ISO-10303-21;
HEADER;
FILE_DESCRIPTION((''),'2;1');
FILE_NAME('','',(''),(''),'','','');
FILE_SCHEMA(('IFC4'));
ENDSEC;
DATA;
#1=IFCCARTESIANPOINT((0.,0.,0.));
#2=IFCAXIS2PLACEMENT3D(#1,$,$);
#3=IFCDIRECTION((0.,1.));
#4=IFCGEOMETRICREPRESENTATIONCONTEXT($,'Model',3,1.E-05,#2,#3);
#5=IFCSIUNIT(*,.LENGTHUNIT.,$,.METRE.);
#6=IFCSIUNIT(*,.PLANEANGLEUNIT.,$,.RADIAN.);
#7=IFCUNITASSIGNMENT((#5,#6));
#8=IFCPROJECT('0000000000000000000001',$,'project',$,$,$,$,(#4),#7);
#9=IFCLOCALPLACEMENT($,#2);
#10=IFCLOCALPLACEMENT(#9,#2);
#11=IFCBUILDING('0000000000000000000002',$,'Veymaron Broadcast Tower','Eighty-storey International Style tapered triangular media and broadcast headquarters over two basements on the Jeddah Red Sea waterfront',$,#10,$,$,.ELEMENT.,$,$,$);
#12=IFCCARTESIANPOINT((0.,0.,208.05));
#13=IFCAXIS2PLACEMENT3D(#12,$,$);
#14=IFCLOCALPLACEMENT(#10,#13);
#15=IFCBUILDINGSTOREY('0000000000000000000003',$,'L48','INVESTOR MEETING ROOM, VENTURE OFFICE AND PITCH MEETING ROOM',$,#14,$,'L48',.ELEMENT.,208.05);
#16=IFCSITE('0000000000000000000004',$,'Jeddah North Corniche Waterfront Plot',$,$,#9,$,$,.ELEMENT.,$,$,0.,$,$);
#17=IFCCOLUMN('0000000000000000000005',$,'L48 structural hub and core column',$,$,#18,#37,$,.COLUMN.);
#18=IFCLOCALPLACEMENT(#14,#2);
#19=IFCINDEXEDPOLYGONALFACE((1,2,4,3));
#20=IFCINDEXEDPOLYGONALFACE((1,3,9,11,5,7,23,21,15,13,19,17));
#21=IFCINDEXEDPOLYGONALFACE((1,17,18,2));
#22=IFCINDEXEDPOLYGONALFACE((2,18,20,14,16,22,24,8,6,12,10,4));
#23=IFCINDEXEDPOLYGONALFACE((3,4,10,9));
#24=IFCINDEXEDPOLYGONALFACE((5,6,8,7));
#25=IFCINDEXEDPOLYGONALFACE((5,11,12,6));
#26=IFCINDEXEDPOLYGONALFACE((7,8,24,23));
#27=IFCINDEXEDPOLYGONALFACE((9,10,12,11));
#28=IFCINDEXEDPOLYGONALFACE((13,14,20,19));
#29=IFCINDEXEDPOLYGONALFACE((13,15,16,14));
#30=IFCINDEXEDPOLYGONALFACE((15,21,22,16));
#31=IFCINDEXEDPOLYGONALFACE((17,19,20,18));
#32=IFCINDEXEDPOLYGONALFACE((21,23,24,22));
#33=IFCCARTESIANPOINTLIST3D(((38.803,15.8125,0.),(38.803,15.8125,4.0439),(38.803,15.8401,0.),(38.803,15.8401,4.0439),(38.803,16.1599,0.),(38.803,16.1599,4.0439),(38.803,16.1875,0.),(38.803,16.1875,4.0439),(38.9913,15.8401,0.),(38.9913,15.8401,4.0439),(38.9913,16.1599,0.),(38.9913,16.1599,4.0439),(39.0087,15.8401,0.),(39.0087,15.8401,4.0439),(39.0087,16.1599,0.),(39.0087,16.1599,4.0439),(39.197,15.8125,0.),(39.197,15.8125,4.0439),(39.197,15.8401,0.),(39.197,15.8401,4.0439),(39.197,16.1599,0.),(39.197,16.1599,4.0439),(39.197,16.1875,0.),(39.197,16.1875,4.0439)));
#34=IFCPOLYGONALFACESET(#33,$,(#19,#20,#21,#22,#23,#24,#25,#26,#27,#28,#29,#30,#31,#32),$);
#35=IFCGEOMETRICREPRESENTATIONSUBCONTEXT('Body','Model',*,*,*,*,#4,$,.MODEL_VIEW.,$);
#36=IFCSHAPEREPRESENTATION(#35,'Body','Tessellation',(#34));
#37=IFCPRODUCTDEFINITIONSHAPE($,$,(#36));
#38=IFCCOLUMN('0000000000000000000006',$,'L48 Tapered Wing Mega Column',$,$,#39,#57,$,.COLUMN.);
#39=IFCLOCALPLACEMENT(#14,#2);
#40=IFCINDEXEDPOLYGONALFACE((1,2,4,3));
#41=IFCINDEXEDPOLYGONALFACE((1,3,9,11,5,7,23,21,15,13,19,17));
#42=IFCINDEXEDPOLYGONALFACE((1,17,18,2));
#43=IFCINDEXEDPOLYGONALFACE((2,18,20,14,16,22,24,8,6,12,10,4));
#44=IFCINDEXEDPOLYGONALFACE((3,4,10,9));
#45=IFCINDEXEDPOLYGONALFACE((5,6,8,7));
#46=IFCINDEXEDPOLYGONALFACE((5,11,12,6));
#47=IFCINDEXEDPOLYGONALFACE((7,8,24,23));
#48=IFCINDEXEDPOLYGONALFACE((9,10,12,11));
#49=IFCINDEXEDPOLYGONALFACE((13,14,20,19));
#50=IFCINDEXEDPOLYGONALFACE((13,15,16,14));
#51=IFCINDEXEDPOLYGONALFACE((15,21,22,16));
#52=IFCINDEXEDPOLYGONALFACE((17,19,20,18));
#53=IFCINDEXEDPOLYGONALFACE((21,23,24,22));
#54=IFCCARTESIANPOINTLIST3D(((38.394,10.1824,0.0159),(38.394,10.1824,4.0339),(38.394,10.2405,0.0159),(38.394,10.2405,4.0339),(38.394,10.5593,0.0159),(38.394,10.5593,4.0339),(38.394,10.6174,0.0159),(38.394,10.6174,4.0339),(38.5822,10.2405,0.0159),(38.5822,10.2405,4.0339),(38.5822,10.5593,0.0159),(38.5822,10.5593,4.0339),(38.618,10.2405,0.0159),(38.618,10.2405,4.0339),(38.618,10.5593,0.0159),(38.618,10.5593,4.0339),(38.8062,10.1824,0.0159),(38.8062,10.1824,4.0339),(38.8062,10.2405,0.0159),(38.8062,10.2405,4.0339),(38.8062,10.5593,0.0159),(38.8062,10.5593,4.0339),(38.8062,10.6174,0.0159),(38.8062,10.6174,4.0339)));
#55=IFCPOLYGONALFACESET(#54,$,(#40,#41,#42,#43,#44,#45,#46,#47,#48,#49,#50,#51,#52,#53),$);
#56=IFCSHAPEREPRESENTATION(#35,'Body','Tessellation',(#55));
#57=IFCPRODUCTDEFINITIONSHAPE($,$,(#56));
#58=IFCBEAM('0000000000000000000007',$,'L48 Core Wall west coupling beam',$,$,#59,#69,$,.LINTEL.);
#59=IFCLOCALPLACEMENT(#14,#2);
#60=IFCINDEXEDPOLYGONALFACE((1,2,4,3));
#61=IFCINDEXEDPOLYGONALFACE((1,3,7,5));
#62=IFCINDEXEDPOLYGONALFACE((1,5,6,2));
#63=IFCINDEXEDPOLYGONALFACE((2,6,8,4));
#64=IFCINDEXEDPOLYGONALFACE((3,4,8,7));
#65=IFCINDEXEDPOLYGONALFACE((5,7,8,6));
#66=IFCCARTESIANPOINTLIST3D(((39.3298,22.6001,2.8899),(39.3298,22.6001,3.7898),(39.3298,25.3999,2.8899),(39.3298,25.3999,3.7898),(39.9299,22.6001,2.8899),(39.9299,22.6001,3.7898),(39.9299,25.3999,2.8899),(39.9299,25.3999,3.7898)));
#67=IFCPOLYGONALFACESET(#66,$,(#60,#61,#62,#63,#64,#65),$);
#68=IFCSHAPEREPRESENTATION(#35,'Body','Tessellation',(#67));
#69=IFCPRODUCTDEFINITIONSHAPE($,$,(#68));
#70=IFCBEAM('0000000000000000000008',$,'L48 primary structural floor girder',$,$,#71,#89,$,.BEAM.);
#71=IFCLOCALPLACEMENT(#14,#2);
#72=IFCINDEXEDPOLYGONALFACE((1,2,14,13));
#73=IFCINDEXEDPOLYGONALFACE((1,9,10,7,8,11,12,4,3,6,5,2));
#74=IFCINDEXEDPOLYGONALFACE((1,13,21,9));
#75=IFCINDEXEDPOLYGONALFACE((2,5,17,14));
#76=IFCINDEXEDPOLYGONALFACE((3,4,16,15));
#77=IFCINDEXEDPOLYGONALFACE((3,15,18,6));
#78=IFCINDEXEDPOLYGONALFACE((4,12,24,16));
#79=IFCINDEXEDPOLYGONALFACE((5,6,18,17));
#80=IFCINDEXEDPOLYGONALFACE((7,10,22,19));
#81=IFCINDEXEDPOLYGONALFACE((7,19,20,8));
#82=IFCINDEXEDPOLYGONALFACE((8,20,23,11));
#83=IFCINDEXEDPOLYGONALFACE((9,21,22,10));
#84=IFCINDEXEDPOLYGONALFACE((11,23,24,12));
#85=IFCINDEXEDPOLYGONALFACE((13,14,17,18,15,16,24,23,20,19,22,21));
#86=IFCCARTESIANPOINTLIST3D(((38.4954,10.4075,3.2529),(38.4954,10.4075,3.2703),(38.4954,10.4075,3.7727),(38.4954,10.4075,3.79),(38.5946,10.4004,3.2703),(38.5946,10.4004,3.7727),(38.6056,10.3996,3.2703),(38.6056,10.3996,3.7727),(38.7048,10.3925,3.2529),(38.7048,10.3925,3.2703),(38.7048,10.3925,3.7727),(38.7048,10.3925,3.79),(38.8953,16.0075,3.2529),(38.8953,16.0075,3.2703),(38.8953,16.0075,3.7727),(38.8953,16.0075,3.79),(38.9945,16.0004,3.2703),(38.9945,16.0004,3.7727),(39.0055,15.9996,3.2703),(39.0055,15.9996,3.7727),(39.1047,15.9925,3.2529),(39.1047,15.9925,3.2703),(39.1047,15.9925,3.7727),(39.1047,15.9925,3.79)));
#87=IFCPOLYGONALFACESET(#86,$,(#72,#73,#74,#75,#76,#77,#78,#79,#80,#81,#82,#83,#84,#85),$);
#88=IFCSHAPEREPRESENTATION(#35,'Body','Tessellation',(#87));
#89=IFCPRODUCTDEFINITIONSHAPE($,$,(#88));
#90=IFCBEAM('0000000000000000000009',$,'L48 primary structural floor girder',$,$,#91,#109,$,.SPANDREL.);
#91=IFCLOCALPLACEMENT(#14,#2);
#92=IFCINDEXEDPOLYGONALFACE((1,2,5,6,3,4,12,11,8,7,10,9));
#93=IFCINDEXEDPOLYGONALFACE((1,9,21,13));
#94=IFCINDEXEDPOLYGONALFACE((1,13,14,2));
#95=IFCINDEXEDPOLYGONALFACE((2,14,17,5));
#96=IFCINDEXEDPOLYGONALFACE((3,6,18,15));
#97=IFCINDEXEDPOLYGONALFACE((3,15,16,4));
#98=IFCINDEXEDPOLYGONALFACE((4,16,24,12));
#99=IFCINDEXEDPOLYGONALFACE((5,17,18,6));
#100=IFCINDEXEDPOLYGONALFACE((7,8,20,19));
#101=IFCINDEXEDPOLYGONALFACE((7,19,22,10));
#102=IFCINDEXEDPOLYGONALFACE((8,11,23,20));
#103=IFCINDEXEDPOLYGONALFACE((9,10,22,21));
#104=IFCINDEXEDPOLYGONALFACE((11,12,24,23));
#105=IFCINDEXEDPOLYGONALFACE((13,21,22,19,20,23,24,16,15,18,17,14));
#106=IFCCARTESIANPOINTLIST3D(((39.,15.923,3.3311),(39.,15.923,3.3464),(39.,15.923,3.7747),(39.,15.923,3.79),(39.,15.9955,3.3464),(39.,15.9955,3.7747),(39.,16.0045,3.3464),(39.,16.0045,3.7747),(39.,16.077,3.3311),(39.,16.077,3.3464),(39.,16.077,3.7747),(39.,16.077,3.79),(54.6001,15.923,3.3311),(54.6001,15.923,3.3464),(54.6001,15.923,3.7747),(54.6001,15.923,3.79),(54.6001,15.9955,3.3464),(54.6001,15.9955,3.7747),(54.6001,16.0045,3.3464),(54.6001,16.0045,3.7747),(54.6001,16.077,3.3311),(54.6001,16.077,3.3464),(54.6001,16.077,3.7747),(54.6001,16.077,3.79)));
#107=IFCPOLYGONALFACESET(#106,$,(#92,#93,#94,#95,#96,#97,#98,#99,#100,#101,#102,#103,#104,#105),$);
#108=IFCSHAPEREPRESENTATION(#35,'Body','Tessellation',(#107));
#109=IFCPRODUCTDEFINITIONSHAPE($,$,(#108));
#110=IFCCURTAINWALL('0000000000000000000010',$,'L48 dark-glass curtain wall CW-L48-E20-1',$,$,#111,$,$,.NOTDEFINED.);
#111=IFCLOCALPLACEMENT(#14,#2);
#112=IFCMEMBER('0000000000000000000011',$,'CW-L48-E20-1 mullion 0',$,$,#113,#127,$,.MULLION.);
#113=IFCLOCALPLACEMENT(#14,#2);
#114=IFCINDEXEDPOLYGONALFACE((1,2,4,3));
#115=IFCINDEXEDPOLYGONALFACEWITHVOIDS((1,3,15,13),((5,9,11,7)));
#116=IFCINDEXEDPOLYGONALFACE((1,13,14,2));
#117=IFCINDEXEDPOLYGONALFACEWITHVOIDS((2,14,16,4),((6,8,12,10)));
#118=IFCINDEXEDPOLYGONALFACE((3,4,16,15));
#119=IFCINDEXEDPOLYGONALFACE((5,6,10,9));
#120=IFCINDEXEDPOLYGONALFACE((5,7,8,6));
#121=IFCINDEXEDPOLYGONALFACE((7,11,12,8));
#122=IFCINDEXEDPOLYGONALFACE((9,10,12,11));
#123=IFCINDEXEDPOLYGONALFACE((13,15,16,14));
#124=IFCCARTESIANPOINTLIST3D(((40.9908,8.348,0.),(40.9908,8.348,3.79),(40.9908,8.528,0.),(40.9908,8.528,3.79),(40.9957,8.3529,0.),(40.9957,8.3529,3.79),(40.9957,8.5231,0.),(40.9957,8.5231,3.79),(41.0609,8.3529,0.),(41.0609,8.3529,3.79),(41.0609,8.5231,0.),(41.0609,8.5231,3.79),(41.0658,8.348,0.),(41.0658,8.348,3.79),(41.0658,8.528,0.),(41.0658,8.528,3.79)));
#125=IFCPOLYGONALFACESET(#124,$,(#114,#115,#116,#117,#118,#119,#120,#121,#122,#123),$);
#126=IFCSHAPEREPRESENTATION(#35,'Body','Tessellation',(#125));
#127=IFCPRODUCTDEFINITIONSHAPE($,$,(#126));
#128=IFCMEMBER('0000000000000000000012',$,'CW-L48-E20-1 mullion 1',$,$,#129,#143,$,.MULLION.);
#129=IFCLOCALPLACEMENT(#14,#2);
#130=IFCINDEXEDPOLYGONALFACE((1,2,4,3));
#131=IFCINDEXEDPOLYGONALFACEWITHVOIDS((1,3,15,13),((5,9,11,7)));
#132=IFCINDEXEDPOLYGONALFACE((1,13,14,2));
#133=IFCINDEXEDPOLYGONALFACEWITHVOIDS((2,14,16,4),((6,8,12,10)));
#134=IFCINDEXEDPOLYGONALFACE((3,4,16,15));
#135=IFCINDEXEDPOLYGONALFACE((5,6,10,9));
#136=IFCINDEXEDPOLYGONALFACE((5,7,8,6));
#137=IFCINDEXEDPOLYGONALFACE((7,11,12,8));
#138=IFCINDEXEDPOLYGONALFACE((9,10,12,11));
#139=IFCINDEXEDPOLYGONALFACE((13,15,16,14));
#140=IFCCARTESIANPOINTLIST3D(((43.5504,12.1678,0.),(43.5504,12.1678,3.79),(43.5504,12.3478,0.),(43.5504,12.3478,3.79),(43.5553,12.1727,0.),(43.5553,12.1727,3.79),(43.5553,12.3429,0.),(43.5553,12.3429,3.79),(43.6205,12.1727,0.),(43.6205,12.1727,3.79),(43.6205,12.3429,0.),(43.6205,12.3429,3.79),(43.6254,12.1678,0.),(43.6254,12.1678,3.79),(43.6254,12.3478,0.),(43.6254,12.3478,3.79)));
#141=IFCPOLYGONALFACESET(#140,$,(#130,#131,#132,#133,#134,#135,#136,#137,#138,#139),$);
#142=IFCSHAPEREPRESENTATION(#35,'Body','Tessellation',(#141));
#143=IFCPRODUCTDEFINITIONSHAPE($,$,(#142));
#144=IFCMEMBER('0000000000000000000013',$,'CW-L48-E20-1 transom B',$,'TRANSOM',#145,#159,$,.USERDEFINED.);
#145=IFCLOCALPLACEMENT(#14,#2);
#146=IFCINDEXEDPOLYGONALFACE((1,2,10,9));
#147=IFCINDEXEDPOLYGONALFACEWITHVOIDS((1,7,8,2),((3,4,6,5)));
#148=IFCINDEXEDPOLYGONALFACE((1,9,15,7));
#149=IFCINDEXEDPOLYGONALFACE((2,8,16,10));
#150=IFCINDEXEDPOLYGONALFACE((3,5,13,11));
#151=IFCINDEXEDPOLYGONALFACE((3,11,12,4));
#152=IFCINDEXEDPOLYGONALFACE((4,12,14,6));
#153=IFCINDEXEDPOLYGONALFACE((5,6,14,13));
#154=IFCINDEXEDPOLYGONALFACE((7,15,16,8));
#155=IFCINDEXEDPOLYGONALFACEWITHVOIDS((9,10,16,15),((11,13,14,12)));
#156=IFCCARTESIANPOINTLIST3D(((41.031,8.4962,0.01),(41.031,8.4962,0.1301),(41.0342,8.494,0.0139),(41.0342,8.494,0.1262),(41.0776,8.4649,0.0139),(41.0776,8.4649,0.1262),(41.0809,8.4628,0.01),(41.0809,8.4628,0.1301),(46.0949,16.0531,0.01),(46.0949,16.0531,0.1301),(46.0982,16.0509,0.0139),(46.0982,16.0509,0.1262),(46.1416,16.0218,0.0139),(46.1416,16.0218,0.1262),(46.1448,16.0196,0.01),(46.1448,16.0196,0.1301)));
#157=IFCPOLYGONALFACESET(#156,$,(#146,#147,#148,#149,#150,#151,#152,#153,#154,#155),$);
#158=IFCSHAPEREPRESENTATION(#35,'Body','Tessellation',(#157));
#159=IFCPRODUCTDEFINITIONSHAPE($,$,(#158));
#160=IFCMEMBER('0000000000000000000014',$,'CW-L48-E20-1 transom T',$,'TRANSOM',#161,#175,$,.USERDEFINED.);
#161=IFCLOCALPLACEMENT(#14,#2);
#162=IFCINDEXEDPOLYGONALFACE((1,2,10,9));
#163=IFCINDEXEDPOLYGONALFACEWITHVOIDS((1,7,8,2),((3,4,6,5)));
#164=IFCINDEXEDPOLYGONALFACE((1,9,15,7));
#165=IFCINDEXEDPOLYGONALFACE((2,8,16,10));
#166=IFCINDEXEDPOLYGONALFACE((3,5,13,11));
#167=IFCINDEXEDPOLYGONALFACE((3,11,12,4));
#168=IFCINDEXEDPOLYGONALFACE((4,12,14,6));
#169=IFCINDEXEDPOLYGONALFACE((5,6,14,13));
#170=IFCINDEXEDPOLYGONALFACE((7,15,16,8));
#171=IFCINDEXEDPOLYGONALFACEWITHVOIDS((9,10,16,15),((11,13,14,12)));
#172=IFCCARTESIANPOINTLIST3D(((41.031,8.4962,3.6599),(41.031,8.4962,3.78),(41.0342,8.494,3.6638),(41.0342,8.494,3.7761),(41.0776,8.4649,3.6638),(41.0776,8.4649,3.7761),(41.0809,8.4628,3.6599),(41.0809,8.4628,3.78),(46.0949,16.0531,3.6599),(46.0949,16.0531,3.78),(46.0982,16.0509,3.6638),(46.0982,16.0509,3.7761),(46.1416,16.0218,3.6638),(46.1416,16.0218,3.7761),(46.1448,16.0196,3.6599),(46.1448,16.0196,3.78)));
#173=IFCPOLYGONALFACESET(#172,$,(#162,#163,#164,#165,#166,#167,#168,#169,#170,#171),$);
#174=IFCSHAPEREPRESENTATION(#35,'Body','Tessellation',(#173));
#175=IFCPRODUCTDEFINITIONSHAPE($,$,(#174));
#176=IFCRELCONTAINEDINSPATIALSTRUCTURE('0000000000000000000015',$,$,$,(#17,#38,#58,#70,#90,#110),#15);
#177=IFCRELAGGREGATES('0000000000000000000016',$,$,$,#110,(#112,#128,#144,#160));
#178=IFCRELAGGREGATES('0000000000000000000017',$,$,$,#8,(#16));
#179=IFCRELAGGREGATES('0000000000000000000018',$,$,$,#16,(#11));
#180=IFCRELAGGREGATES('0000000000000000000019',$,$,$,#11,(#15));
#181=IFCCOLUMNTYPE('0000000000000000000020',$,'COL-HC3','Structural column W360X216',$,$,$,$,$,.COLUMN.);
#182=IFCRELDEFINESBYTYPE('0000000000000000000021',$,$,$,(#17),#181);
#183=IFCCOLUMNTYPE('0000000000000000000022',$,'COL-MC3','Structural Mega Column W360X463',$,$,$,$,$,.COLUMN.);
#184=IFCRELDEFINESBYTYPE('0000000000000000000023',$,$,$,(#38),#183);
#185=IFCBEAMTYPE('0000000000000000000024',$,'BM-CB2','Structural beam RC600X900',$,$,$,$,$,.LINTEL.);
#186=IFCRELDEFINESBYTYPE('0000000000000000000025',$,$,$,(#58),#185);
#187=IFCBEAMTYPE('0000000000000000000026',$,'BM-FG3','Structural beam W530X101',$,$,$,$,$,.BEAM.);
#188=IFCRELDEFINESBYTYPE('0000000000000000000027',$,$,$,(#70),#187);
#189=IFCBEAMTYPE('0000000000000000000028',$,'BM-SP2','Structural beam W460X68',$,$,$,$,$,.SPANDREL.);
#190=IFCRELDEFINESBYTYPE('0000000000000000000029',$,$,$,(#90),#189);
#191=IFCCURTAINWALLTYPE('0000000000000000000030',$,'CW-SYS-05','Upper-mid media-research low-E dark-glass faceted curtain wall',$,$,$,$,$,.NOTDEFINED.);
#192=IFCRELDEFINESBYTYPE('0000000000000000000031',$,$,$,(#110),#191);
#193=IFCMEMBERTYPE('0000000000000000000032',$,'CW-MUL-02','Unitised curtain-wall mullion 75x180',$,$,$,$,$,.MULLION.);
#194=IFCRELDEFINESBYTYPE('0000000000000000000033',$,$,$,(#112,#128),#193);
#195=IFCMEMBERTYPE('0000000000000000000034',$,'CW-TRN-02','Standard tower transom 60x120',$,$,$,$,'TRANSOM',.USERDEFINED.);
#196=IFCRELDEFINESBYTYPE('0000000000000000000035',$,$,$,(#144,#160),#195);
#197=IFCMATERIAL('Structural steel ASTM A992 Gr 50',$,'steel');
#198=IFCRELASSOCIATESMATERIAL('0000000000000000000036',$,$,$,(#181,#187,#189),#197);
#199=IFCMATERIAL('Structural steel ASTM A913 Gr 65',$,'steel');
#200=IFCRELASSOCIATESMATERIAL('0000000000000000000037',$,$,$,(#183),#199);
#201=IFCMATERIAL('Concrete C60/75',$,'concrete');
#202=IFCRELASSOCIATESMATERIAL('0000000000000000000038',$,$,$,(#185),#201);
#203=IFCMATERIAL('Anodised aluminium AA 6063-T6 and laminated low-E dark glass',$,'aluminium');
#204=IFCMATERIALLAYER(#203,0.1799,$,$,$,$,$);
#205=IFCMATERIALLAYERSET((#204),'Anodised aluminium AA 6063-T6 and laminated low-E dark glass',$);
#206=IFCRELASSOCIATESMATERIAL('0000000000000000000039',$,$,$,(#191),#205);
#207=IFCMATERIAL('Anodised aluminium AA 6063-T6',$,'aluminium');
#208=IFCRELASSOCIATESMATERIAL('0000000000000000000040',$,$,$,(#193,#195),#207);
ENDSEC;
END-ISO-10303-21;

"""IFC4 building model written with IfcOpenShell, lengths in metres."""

from ifc_helpers import new_model, si_unit, direction, frame, origin, origin_2d, place, context, subcontext, project, spatial, rectangle, hollow_rectangle, i_section, extrude, material, layer, layer_set, material_profile, profile_set, type_object, element, aggregate, save


model = new_model("IFC4")

# Units and contexts
model_context = context("Model", 3, precision=1e-05, world=origin(), true_north=direction((0.0, 1.0)))
body_context = subcontext(model_context, "Body", "Model", "MODEL_VIEW")
ifc_project = project(units=[si_unit("LENGTHUNIT", "METRE"), si_unit("PLANEANGLEUNIT", "RADIAN")], contexts=[model_context])

# Site, building, storey
site_placement = place(None, origin())
site = spatial("IfcSite", under=ifc_project, at=site_placement, Name="Jeddah North Corniche Waterfront Plot", CompositionType="ELEMENT", RefElevation=0.0)
building_placement = place(site_placement, origin())
building = spatial("IfcBuilding", under=site, at=building_placement, Name="Veymaron Broadcast Tower", Description="Eighty-storey International Style tapered triangular media and broadcast headquarters over two basements on the Jeddah Red Sea waterfront", CompositionType="ELEMENT")
storey_placement = place(building_placement, frame((0.0, 0.0, 208.05)))
storey = spatial("IfcBuildingStorey", under=building, at=storey_placement, Name="L48", Description="INVESTOR MEETING ROOM, VENTURE OFFICE AND PITCH MEETING ROOM", LongName="L48", CompositionType="ELEMENT", Elevation=208.05)

# Columns
ifc_material_1 = material(Name="Structural steel ASTM A992 Gr 50", Category="steel")
ifc_material_profile_1 = material_profile(ifc_material_1, i_section(OverallWidth=0.394, OverallDepth=0.375, WebThickness=0.0173, FlangeThickness=0.0276, at=origin_2d()), Name="W360X216")
ifc_profile_set_1 = profile_set([ifc_material_profile_1], Name="Structural steel ASTM A992 Gr 50")
column_type_1 = type_object("IfcColumnType", Name="COL-HC3", Description="Structural column W360X216", PredefinedType="COLUMN", material=ifc_profile_set_1)
column_1_placement = place(storey_placement, frame((39.0, 16.0, 0.0), z_axis=(0.0, 0.0, 1.0), x_axis=(1.0, 0.0, 0.0)))
element("IfcColumn", 1, at=column_1_placement, inside=storey, type_object=column_type_1, Name="L48 structural hub and core column", PredefinedType="COLUMN", context=body_context, shape_type="SweptSolid", body=[
    extrude(i_section(OverallWidth=0.394, OverallDepth=0.375, WebThickness=0.0173, FlangeThickness=0.0276, at=origin_2d()), origin(), (0.0, 0.0, 1.0), 4.0439),
])
ifc_material_2 = material(Name="Structural steel ASTM A913 Gr 65", Category="steel")
ifc_material_profile_2 = material_profile(ifc_material_2, i_section(OverallWidth=0.4121, OverallDepth=0.4351, WebThickness=0.0359, FlangeThickness=0.0581, at=origin_2d()), Name="W360X463")
ifc_profile_set_2 = profile_set([ifc_material_profile_2], Name="Structural steel ASTM A913 Gr 65")
column_type_2 = type_object("IfcColumnType", Name="COL-MC3", Description="Structural Mega Column W360X463", PredefinedType="COLUMN", material=ifc_profile_set_2)
column_2_placement = place(storey_placement, frame((38.6001, 10.3999, 0.0159), z_axis=(0.0, 0.0, 1.0), x_axis=(1.0, 0.0, 0.0)))
element("IfcColumn", 2, at=column_2_placement, inside=storey, type_object=column_type_2, Name="L48 Tapered Wing Mega Column", PredefinedType="COLUMN", context=body_context, shape_type="SweptSolid", body=[
    extrude(i_section(OverallWidth=0.4121, OverallDepth=0.4351, WebThickness=0.0359, FlangeThickness=0.0581, at=origin_2d()), origin(), (0.0, 0.0, 1.0), 4.0181),
])

# Beams
ifc_material_3 = material(Name="Concrete C60/75", Category="concrete")
ifc_material_profile_3 = material_profile(ifc_material_3, rectangle(XDim=0.6001, YDim=0.8999, at=origin_2d()), Name="RC600X900")
ifc_profile_set_3 = profile_set([ifc_material_profile_3], Name="Concrete C60/75")
beam_type_1 = type_object("IfcBeamType", Name="BM-CB2", Description="Structural beam RC600X900", PredefinedType="LINTEL", material=ifc_profile_set_3)
beam_1_placement = place(storey_placement, frame((39.6299, 22.6001, 3.3398), z_axis=(0.0, 1.0, 0.0), x_axis=(-1.0, 0.0, 0.0)))
element("IfcBeam", 3, at=beam_1_placement, inside=storey, type_object=beam_type_1, Name="L48 Core Wall west coupling beam", PredefinedType="LINTEL", context=body_context, shape_type="SweptSolid", body=[
    extrude(rectangle(XDim=0.6001, YDim=0.8999, at=origin_2d()), origin(), (0.0, 0.0, 1.0), 2.7998),
])
ifc_material_profile_4 = material_profile(ifc_material_1, i_section(OverallWidth=0.21, OverallDepth=0.5371, WebThickness=0.011, FlangeThickness=0.0173, at=origin_2d()), Name="W530X101")
ifc_profile_set_4 = profile_set([ifc_material_profile_4], Name="Structural steel ASTM A992 Gr 50")
beam_type_2 = type_object("IfcBeamType", Name="BM-FG3", Description="Structural beam W530X101", PredefinedType="BEAM", material=ifc_profile_set_4)
beam_2_placement = place(storey_placement, frame((39.0, 16.0, 3.5215), z_axis=(-0.071229, -0.99746, 0.0), x_axis=(0.99746, -0.071229, 0.0)))
element("IfcBeam", 4, at=beam_2_placement, inside=storey, type_object=beam_type_2, Name="L48 primary structural floor girder", PredefinedType="BEAM", context=body_context, shape_type="SweptSolid", body=[
    extrude(i_section(OverallWidth=0.21, OverallDepth=0.5371, WebThickness=0.011, FlangeThickness=0.0173, at=origin_2d()), origin(), (0.0, 0.0, 1.0), 5.6143),
])
ifc_material_profile_5 = material_profile(ifc_material_1, i_section(OverallWidth=0.1541, OverallDepth=0.459, WebThickness=0.009, FlangeThickness=0.0154, at=origin_2d()), Name="W460X68")
ifc_profile_set_5 = profile_set([ifc_material_profile_5], Name="Structural steel ASTM A992 Gr 50")
beam_type_3 = type_object("IfcBeamType", Name="BM-SP2", Description="Structural beam W460X68", PredefinedType="SPANDREL", material=ifc_profile_set_5)
beam_3_placement = place(storey_placement, frame((39.0, 16.0, 3.5605), z_axis=(1.0, 0.0, 0.0), x_axis=(0.0, 1.0, 0.0)))
element("IfcBeam", 5, at=beam_3_placement, inside=storey, type_object=beam_type_3, Name="L48 primary structural floor girder", PredefinedType="SPANDREL", context=body_context, shape_type="SweptSolid", body=[
    extrude(i_section(OverallWidth=0.1541, OverallDepth=0.459, WebThickness=0.009, FlangeThickness=0.0154, at=origin_2d()), origin(), (0.0, 0.0, 1.0), 15.6001),
])

# Curtain wall, members
ifc_material_4 = material(Name="Anodised aluminium AA 6063-T6 and laminated low-E dark glass", Category="aluminium")
ifc_layer_1 = layer(ifc_material_4, 0.1799)
ifc_layer_set_1 = layer_set([ifc_layer_1], Name="Anodised aluminium AA 6063-T6 and laminated low-E dark glass")
curtain_wall_type = type_object("IfcCurtainWallType", Name="CW-SYS-05", Description="Upper-mid media-research low-E dark-glass faceted curtain wall", PredefinedType="NOTDEFINED", material=ifc_layer_set_1)
curtain_wall_placement = place(storey_placement, origin())
curtain_wall = element("IfcCurtainWall", 6, at=curtain_wall_placement, inside=storey, type_object=curtain_wall_type, Name="L48 dark-glass curtain wall CW-L48-E20-1", PredefinedType="NOTDEFINED")
ifc_material_5 = material(Name="Anodised aluminium AA 6063-T6", Category="aluminium")
ifc_material_profile_6 = material_profile(ifc_material_5, hollow_rectangle(XDim=0.075, YDim=0.1799, WallThickness=0.0049, at=origin_2d()), Name="AL180X75X5")
ifc_profile_set_6 = profile_set([ifc_material_profile_6], Name="Anodised aluminium AA 6063-T6")
member_type_1 = type_object("IfcMemberType", Name="CW-MUL-02", Description="Unitised curtain-wall mullion 75x180", PredefinedType="MULLION", material=ifc_profile_set_6)
member_1_placement = place(storey_placement, frame((41.0283, 8.438, 0.0), z_axis=(0.0, 0.0, 1.0), x_axis=(1.0, 0.0, 0.0)))
member_1 = element("IfcMember", 7, at=member_1_placement, type_object=member_type_1, Name="CW-L48-E20-1 mullion 0", PredefinedType="MULLION", context=body_context, shape_type="SweptSolid", body=[
    extrude(hollow_rectangle(XDim=0.075, YDim=0.1799, WallThickness=0.0049, at=origin_2d()), origin(), (0.0, 0.0, 1.0), 3.79),
])
member_2_placement = place(storey_placement, frame((43.5879, 12.2578, 0.0), z_axis=(0.0, 0.0, 1.0), x_axis=(1.0, 0.0, 0.0)))
member_2 = element("IfcMember", 8, at=member_2_placement, type_object=member_type_1, Name="CW-L48-E20-1 mullion 1", PredefinedType="MULLION", context=body_context, shape_type="SweptSolid", body=[
    extrude(hollow_rectangle(XDim=0.075, YDim=0.1799, WallThickness=0.0049, at=origin_2d()), origin(), (0.0, 0.0, 1.0), 3.79),
])
ifc_material_profile_7 = material_profile(ifc_material_5, hollow_rectangle(XDim=0.0601, YDim=0.1201, WallThickness=0.0039, at=origin_2d()), Name="AL120X60X4")
ifc_profile_set_7 = profile_set([ifc_material_profile_7], Name="Anodised aluminium AA 6063-T6")
member_type_2 = type_object("IfcMemberType", Name="CW-TRN-02", Description="Standard tower transom 60x120", ElementType="TRANSOM", PredefinedType="USERDEFINED", material=ifc_profile_set_7)
member_3_placement = place(storey_placement, frame((41.0559, 8.4795, 0.0701), z_axis=(0.556681, 0.830727, 0.0), x_axis=(-0.830727, 0.556681, 0.0)))
member_3 = element("IfcMember", 9, at=member_3_placement, type_object=member_type_2, Name="CW-L48-E20-1 transom B", ObjectType="TRANSOM", PredefinedType="USERDEFINED", context=body_context, shape_type="SweptSolid", body=[
    extrude(hollow_rectangle(XDim=0.0601, YDim=0.1201, WallThickness=0.0039, at=origin_2d()), origin(), (0.0, 0.0, 1.0), 9.0967),
])
member_4_placement = place(storey_placement, frame((41.0559, 8.4795, 3.72), z_axis=(0.556681, 0.830727, 0.0), x_axis=(-0.830727, 0.556681, 0.0)))
member_4 = element("IfcMember", 10, at=member_4_placement, type_object=member_type_2, Name="CW-L48-E20-1 transom T", ObjectType="TRANSOM", PredefinedType="USERDEFINED", context=body_context, shape_type="SweptSolid", body=[
    extrude(hollow_rectangle(XDim=0.0601, YDim=0.1201, WallThickness=0.0039, at=origin_2d()), origin(), (0.0, 0.0, 1.0), 9.0967),
])
aggregate(curtain_wall, [member_1, member_2, member_3, member_4])

save(model, "model.ifc")
